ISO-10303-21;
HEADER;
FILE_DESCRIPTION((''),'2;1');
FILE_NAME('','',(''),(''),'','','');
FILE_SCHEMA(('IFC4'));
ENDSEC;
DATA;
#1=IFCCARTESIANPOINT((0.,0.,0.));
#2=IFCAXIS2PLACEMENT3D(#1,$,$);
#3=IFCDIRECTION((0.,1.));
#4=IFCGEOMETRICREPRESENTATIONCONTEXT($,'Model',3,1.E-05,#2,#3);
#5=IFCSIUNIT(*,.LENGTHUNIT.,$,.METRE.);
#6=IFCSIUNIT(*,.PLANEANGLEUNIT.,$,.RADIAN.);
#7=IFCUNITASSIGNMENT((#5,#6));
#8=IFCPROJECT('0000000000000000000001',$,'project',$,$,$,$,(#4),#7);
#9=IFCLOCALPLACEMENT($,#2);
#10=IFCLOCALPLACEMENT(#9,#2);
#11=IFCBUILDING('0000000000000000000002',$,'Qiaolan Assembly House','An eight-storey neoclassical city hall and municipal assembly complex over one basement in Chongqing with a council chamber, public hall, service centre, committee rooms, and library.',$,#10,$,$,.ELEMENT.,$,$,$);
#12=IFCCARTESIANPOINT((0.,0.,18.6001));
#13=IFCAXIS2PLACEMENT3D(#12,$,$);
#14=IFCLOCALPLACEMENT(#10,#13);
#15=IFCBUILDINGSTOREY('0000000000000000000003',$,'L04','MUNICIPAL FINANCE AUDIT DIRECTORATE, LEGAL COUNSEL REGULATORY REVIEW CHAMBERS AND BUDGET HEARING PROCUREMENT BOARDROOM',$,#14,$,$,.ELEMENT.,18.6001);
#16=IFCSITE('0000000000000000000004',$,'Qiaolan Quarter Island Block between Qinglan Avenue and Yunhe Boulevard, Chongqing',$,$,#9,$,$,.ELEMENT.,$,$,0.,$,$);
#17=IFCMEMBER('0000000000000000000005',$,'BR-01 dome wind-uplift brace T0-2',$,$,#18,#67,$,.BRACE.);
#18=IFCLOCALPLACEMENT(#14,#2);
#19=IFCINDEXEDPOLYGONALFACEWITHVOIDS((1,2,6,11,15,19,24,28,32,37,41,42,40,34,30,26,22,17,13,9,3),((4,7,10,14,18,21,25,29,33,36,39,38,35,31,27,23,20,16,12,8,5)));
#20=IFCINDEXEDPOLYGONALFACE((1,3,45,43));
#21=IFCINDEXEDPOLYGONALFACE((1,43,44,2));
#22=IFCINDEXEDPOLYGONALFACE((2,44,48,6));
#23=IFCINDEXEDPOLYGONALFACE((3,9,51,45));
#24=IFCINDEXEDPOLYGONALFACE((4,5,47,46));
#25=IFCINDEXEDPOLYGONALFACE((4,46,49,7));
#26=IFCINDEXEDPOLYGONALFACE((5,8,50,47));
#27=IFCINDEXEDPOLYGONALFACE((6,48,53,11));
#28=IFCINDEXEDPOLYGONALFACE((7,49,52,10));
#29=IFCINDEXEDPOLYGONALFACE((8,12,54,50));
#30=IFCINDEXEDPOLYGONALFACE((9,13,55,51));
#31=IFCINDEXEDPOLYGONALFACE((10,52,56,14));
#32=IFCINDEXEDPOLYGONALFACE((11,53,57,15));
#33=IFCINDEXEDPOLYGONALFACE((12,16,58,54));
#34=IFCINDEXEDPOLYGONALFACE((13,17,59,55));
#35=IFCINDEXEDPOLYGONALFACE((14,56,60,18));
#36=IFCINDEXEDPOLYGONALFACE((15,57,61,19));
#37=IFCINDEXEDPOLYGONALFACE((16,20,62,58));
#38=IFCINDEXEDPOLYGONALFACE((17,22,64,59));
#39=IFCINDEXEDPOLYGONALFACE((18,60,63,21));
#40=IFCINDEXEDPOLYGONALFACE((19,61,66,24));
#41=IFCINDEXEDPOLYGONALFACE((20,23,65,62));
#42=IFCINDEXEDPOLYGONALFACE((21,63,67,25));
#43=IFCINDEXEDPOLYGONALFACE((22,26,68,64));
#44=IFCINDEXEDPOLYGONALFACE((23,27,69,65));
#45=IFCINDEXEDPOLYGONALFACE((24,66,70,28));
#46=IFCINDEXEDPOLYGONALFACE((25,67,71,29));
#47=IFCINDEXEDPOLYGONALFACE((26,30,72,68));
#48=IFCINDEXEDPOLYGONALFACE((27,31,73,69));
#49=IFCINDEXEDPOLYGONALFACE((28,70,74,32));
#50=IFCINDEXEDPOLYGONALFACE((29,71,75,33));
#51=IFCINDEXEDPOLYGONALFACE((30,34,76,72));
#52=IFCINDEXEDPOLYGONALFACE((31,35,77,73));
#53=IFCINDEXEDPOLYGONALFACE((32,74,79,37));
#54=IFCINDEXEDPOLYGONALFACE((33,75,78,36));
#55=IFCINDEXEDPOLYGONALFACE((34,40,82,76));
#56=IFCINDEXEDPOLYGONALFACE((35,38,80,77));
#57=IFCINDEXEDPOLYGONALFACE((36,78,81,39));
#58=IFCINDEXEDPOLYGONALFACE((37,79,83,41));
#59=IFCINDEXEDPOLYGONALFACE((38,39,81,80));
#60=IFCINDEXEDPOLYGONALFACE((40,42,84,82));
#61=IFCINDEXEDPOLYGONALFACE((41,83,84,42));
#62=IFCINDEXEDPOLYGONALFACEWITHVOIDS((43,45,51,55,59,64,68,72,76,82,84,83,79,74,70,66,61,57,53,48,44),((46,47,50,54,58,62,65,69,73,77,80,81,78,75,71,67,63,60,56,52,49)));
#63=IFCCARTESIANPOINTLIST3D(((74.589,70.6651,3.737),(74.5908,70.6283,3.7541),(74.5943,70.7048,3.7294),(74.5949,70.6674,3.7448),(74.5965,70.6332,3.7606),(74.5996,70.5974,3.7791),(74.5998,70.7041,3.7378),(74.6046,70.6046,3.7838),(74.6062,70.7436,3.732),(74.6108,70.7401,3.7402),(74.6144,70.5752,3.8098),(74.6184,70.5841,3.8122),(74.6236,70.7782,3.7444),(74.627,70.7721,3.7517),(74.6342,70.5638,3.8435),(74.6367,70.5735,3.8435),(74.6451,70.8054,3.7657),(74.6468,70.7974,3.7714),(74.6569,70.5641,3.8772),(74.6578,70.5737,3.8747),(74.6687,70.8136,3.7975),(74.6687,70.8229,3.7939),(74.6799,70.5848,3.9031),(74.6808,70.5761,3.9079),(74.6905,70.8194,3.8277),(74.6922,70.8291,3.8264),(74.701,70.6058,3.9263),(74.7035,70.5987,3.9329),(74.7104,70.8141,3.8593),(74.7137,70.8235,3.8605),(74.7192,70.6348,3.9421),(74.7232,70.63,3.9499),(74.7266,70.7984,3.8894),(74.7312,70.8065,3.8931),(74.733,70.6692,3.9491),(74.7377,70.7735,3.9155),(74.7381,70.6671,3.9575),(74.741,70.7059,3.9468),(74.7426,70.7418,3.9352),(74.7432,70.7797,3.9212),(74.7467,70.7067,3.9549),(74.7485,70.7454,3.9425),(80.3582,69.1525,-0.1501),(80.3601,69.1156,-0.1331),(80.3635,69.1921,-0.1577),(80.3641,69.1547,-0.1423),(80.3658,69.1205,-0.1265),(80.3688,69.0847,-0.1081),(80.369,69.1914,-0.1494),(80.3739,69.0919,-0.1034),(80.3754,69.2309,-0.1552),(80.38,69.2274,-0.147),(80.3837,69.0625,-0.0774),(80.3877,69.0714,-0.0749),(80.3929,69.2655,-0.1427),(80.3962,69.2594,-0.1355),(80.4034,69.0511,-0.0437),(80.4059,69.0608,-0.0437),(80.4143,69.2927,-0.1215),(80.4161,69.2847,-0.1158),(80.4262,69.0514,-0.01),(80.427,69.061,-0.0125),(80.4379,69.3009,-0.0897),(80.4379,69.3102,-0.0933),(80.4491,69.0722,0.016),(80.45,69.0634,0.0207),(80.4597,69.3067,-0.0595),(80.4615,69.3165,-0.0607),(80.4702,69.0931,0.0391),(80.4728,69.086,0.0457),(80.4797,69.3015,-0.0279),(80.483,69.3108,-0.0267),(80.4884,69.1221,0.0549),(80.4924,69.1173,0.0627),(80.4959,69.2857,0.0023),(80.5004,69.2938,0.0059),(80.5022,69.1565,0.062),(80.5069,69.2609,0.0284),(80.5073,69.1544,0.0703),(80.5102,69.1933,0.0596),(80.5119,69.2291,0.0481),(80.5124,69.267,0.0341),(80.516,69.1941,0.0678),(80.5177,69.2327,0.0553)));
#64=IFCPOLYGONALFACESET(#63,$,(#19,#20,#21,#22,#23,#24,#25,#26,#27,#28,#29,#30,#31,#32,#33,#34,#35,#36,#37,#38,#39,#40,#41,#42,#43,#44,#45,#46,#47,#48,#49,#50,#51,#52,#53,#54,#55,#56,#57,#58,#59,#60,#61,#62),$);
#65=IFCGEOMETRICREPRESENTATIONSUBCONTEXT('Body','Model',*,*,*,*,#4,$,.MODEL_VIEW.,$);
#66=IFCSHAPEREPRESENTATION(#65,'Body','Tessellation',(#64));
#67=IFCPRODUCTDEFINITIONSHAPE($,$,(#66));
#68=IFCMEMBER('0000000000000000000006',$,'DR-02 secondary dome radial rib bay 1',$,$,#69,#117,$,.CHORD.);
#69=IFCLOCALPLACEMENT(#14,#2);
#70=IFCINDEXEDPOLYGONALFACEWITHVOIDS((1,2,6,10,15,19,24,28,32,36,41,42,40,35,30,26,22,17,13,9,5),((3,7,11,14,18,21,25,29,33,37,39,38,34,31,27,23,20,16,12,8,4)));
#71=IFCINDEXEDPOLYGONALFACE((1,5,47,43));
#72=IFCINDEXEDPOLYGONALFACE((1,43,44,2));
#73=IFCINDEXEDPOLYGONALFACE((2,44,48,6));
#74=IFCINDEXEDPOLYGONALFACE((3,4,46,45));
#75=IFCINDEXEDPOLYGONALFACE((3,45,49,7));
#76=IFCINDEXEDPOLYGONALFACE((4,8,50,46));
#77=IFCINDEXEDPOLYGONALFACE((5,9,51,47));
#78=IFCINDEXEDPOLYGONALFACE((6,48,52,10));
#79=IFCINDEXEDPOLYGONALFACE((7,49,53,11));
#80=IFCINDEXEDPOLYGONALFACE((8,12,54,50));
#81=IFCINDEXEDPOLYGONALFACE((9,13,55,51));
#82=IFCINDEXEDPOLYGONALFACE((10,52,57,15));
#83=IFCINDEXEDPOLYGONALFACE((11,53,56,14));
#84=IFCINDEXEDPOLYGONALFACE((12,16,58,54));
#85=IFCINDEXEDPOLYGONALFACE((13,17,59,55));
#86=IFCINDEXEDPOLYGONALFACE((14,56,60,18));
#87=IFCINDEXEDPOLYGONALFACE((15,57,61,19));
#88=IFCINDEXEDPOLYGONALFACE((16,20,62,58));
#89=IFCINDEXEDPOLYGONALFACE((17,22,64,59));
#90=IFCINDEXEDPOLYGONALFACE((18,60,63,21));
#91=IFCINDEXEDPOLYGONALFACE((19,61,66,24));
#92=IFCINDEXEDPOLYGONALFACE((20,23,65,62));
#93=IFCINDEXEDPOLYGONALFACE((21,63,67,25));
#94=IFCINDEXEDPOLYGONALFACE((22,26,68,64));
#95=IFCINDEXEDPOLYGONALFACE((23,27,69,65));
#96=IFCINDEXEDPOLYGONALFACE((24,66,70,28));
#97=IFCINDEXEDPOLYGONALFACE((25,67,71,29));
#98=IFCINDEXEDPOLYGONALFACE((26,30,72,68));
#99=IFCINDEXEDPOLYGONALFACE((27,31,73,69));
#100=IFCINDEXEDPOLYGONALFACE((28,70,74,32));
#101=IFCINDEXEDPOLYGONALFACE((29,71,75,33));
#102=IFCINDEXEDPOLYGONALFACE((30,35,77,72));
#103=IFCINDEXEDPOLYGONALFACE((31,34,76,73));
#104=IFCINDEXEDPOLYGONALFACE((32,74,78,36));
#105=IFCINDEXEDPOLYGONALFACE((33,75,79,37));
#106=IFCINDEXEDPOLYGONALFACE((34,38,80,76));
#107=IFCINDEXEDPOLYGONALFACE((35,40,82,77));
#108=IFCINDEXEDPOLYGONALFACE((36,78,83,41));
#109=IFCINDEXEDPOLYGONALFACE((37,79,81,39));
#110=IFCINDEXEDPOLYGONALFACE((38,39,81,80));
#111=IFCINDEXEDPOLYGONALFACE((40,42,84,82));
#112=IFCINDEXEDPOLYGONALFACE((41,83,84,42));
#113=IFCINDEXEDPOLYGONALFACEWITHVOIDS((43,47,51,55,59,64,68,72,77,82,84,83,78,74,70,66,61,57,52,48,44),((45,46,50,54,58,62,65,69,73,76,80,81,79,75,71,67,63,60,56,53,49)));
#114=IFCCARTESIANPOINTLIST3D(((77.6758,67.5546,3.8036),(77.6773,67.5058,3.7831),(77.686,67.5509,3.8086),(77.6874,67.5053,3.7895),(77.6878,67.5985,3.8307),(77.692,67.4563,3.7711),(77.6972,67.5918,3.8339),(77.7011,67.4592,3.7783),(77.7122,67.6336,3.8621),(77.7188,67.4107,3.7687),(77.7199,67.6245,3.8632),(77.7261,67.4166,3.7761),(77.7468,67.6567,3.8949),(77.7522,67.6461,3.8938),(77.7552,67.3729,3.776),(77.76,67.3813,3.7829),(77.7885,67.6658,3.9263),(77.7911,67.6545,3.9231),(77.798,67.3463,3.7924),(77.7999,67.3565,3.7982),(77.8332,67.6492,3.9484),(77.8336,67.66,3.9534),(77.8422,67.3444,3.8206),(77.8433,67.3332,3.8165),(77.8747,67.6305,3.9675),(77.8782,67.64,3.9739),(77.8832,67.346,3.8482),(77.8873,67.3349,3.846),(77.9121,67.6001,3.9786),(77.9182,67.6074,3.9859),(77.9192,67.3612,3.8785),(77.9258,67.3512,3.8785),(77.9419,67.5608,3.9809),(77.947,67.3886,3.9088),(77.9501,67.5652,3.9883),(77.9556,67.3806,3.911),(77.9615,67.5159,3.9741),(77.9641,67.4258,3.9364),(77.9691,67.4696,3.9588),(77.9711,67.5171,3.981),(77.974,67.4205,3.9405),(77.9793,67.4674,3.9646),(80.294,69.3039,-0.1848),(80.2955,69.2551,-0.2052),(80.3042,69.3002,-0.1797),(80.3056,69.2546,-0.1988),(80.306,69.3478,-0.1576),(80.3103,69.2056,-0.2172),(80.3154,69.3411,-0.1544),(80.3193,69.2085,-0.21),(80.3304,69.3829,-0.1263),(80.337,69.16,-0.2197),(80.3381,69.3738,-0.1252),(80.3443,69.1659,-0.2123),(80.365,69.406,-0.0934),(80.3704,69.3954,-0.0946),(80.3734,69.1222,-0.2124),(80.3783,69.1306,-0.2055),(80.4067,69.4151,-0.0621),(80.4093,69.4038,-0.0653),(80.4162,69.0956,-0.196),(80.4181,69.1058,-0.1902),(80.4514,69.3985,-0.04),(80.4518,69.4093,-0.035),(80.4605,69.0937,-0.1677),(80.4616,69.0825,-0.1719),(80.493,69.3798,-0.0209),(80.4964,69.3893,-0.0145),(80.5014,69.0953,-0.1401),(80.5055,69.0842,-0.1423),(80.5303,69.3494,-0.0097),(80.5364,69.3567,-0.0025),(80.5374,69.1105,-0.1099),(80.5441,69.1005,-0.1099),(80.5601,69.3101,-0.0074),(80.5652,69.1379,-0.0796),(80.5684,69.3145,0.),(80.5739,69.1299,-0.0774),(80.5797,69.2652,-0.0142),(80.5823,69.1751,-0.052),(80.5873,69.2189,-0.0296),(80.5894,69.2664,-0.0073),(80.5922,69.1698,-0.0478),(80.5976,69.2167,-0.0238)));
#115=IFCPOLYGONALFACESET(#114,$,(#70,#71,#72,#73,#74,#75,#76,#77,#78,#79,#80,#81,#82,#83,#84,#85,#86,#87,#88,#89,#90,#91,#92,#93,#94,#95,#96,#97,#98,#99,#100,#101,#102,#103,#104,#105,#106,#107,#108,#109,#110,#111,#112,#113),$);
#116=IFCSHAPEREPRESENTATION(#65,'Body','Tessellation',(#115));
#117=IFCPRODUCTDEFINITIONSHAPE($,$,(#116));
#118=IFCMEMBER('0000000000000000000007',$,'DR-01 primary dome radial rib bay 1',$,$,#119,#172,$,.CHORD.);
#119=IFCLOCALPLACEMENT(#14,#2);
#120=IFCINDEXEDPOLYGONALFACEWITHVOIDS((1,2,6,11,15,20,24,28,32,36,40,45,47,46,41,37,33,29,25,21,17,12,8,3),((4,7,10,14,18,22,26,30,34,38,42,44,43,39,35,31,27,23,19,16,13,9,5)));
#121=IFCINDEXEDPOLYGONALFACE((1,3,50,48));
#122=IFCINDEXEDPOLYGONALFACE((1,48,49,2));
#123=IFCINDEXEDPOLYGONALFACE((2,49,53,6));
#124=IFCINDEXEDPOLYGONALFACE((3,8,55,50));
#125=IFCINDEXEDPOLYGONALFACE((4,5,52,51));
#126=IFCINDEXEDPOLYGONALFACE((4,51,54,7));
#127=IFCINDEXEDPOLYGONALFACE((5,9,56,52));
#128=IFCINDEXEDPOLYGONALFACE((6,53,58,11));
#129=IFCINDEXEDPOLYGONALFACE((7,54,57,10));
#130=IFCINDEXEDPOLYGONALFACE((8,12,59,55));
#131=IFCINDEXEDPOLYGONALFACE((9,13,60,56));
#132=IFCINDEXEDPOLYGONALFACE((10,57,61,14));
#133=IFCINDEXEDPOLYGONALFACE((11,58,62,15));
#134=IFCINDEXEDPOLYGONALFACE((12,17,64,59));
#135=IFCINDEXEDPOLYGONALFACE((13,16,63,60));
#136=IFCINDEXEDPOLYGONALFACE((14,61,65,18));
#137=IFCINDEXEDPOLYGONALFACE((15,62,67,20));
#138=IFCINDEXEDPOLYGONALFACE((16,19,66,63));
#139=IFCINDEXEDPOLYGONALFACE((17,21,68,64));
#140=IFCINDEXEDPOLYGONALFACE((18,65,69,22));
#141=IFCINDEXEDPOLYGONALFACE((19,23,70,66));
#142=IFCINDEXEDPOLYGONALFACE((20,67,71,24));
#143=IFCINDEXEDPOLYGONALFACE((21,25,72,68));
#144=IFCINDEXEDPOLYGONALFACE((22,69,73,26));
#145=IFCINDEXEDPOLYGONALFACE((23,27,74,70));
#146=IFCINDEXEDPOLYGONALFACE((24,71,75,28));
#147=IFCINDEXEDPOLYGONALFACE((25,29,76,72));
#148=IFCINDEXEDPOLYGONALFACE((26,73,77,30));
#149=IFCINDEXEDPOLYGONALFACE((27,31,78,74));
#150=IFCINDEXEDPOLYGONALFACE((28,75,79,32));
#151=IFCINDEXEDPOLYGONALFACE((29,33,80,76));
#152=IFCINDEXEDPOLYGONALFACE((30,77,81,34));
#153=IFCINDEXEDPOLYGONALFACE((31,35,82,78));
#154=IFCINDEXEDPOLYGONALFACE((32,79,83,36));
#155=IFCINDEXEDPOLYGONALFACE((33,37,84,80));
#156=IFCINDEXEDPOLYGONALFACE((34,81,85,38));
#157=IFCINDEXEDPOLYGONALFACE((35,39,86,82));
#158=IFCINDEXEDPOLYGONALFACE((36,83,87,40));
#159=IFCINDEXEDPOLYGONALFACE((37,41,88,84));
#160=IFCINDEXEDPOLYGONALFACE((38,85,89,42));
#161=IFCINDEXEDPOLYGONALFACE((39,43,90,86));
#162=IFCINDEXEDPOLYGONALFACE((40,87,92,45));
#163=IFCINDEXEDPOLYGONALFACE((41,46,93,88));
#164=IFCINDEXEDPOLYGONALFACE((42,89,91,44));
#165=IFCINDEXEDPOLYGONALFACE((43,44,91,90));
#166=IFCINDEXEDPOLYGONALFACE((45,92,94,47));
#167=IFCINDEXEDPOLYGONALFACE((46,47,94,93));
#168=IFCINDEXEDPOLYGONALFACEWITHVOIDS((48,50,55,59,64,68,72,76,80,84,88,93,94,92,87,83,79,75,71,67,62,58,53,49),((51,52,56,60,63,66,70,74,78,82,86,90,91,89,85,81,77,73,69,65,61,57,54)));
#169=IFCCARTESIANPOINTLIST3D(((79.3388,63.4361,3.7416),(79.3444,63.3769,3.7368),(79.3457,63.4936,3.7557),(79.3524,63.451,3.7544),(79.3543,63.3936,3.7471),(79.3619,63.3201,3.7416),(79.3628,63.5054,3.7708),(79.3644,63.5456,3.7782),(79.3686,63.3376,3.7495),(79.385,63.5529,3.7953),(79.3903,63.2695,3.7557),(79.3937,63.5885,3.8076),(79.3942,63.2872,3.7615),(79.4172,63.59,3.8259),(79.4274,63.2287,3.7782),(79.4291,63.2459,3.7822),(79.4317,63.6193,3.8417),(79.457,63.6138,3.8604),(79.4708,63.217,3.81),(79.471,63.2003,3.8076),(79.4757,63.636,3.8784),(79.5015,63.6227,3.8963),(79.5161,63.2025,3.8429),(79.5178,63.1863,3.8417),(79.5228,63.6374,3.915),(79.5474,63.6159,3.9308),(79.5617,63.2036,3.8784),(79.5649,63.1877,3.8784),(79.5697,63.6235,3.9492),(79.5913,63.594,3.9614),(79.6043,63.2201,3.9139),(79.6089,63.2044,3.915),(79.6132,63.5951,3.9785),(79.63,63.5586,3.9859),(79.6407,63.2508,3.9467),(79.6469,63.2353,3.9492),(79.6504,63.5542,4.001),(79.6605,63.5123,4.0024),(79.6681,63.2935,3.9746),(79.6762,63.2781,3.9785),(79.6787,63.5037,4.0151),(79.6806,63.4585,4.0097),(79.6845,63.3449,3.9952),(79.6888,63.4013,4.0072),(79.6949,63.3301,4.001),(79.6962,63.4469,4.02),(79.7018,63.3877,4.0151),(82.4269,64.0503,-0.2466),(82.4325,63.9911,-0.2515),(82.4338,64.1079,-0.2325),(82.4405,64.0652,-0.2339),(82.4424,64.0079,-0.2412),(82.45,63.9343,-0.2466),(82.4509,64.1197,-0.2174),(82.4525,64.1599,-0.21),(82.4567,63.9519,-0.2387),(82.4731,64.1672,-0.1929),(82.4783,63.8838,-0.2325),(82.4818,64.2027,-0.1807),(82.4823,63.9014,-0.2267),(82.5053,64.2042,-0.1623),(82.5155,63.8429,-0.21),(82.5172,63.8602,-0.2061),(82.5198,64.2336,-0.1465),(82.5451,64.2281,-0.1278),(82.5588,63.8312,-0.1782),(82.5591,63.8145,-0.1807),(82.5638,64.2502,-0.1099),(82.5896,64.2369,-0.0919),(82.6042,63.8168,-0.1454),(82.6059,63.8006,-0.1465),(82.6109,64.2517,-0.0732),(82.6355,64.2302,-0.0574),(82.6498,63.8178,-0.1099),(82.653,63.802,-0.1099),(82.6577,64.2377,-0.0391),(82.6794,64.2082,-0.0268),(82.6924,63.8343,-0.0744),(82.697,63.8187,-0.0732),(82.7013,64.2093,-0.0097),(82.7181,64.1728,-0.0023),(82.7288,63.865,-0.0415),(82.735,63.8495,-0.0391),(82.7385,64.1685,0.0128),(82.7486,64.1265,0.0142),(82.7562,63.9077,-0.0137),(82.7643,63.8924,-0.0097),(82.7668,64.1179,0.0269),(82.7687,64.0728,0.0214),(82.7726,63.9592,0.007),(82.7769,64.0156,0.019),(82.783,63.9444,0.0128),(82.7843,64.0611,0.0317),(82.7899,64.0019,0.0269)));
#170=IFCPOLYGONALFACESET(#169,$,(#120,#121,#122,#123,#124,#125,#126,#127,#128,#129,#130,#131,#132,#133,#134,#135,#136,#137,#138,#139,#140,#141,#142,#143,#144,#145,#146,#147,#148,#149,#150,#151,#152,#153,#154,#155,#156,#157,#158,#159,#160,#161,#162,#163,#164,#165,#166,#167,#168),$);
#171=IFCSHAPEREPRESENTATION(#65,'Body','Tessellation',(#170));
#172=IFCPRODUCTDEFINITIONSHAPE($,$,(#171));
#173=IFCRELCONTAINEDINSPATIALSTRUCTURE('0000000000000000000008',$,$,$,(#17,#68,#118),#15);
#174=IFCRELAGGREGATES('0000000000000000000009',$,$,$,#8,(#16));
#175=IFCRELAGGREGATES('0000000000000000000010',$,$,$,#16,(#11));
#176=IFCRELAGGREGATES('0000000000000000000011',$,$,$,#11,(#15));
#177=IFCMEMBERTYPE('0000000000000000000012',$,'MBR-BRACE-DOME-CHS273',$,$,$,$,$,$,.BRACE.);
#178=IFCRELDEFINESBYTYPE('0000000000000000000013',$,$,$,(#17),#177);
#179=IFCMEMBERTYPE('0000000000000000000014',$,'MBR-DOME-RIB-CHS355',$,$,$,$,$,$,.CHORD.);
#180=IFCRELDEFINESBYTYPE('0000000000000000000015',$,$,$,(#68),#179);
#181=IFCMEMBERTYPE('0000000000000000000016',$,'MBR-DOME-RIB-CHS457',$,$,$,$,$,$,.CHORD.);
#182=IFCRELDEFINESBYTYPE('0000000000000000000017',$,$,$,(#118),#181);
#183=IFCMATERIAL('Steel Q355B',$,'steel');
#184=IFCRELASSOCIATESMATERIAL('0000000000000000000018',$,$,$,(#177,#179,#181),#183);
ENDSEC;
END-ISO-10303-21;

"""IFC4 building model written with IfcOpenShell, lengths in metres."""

from ifc_helpers import new_model, si_unit, direction, frame, origin, origin_2d, place, context, subcontext, project, spatial, hollow_circle, extrude, material, material_profile, profile_set, type_object, element, save


model = new_model("IFC4")

# Units and contexts
model_context = context("Model", 3, precision=1e-05, world=origin(), true_north=direction((0.0, 1.0)))
body_context = subcontext(model_context, "Body", "Model", "MODEL_VIEW")
ifc_project = project(units=[si_unit("LENGTHUNIT", "METRE"), si_unit("PLANEANGLEUNIT", "RADIAN")], contexts=[model_context])

# Site, building, storey
site_placement = place(None, origin())
site = spatial("IfcSite", under=ifc_project, at=site_placement, Name="Qiaolan Quarter Island Block between Qinglan Avenue and Yunhe Boulevard, Chongqing", CompositionType="ELEMENT", RefElevation=0.0)
building_placement = place(site_placement, origin())
building = spatial("IfcBuilding", under=site, at=building_placement, Name="Qiaolan Assembly House", Description="An eight-storey neoclassical city hall and municipal assembly complex over one basement in Chongqing with a council chamber, public hall, service centre, committee rooms, and library.", CompositionType="ELEMENT")
storey_placement = place(building_placement, frame((0.0, 0.0, 18.6001)))
storey = spatial("IfcBuildingStorey", under=building, at=storey_placement, Name="L04", Description="MUNICIPAL FINANCE AUDIT DIRECTORATE, LEGAL COUNSEL REGULATORY REVIEW CHAMBERS AND BUDGET HEARING PROCUREMENT BOARDROOM", CompositionType="ELEMENT", Elevation=18.6001)

# Shared definitions
ifc_material_1 = material(Name="Steel Q355B", Category="steel")

# Members
ifc_material_profile_1 = material_profile(ifc_material_1, hollow_circle(Radius=0.1365, WallThickness=0.01, at=origin_2d()), Name="CHS 273x10")
ifc_profile_set_1 = profile_set([ifc_material_profile_1], Name="Steel Q355B")
member_type_1 = type_object("IfcMemberType", Name="MBR-BRACE-DOME-CHS273", PredefinedType="BRACE", material=ifc_profile_set_1)
for number, where, z_axis, x_axis, name in (
    (1, (80.438, 69.1831, -0.0437), (-0.810382, 0.21248, 0.546016), (-0.253625, -0.967303, 0.0), "BR-01 dome wind-uplift brace T0-2"),
):
    element("IfcMember", number, at=place(storey_placement, frame(where, z_axis=z_axis, x_axis=x_axis)), inside=storey, type_object=member_type_1, Name=name, PredefinedType="BRACE", context=body_context, shape_type="SweptSolid", body=[
        extrude(hollow_circle(Radius=0.1365, WallThickness=0.01, at=origin_2d()), origin(), (0.0, 0.0, 1.0), 7.1191),
    ])
ifc_material_profile_2 = material_profile(ifc_material_1, hollow_circle(Radius=0.1777, WallThickness=0.012, at=origin_2d()), Name="CHS 355.6x12")
ifc_profile_set_2 = profile_set([ifc_material_profile_2], Name="Steel Q355B")
member_type_2 = type_object("IfcMemberType", Name="MBR-DOME-RIB-CHS355", PredefinedType="CHORD", material=ifc_profile_set_2)
member_1_placement = place(storey_placement, frame((80.4453, 69.2483, -0.1099), z_axis=(-0.51524, -0.344246, 0.784871), x_axis=(0.555541, -0.831489, 0.0)))
element("IfcMember", 2, at=member_1_placement, inside=storey, type_object=member_type_2, Name="DR-02 secondary dome radial rib bay 1", PredefinedType="CHORD", context=body_context, shape_type="SweptSolid", body=[
    extrude(hollow_circle(Radius=0.1777, WallThickness=0.012, at=origin_2d()), origin(), (0.0, 0.0, 1.0), 5.0815),
])
ifc_material_profile_3 = material_profile(ifc_material_1, hollow_circle(Radius=0.2285, WallThickness=0.0161, at=origin_2d()), Name="CHS 457x16")
ifc_profile_set_3 = profile_set([ifc_material_profile_3], Name="Steel Q355B")
member_type_3 = type_object("IfcMemberType", Name="MBR-DOME-RIB-CHS457", PredefinedType="CHORD", material=ifc_profile_set_3)
member_2_placement = place(storey_placement, frame((82.6084, 64.0261, -0.1099), z_axis=(-0.607737, -0.120884, 0.784884), x_axis=(0.195087, -0.980786, 0.0)))
element("IfcMember", 3, at=member_2_placement, inside=storey, type_object=member_type_3, Name="DR-01 primary dome radial rib bay 1", PredefinedType="CHORD", context=body_context, shape_type="SweptSolid", body=[
    extrude(hollow_circle(Radius=0.2285, WallThickness=0.0161, at=origin_2d()), origin(), (0.0, 0.0, 1.0), 5.0813),
])

save(model, "model.ifc")
